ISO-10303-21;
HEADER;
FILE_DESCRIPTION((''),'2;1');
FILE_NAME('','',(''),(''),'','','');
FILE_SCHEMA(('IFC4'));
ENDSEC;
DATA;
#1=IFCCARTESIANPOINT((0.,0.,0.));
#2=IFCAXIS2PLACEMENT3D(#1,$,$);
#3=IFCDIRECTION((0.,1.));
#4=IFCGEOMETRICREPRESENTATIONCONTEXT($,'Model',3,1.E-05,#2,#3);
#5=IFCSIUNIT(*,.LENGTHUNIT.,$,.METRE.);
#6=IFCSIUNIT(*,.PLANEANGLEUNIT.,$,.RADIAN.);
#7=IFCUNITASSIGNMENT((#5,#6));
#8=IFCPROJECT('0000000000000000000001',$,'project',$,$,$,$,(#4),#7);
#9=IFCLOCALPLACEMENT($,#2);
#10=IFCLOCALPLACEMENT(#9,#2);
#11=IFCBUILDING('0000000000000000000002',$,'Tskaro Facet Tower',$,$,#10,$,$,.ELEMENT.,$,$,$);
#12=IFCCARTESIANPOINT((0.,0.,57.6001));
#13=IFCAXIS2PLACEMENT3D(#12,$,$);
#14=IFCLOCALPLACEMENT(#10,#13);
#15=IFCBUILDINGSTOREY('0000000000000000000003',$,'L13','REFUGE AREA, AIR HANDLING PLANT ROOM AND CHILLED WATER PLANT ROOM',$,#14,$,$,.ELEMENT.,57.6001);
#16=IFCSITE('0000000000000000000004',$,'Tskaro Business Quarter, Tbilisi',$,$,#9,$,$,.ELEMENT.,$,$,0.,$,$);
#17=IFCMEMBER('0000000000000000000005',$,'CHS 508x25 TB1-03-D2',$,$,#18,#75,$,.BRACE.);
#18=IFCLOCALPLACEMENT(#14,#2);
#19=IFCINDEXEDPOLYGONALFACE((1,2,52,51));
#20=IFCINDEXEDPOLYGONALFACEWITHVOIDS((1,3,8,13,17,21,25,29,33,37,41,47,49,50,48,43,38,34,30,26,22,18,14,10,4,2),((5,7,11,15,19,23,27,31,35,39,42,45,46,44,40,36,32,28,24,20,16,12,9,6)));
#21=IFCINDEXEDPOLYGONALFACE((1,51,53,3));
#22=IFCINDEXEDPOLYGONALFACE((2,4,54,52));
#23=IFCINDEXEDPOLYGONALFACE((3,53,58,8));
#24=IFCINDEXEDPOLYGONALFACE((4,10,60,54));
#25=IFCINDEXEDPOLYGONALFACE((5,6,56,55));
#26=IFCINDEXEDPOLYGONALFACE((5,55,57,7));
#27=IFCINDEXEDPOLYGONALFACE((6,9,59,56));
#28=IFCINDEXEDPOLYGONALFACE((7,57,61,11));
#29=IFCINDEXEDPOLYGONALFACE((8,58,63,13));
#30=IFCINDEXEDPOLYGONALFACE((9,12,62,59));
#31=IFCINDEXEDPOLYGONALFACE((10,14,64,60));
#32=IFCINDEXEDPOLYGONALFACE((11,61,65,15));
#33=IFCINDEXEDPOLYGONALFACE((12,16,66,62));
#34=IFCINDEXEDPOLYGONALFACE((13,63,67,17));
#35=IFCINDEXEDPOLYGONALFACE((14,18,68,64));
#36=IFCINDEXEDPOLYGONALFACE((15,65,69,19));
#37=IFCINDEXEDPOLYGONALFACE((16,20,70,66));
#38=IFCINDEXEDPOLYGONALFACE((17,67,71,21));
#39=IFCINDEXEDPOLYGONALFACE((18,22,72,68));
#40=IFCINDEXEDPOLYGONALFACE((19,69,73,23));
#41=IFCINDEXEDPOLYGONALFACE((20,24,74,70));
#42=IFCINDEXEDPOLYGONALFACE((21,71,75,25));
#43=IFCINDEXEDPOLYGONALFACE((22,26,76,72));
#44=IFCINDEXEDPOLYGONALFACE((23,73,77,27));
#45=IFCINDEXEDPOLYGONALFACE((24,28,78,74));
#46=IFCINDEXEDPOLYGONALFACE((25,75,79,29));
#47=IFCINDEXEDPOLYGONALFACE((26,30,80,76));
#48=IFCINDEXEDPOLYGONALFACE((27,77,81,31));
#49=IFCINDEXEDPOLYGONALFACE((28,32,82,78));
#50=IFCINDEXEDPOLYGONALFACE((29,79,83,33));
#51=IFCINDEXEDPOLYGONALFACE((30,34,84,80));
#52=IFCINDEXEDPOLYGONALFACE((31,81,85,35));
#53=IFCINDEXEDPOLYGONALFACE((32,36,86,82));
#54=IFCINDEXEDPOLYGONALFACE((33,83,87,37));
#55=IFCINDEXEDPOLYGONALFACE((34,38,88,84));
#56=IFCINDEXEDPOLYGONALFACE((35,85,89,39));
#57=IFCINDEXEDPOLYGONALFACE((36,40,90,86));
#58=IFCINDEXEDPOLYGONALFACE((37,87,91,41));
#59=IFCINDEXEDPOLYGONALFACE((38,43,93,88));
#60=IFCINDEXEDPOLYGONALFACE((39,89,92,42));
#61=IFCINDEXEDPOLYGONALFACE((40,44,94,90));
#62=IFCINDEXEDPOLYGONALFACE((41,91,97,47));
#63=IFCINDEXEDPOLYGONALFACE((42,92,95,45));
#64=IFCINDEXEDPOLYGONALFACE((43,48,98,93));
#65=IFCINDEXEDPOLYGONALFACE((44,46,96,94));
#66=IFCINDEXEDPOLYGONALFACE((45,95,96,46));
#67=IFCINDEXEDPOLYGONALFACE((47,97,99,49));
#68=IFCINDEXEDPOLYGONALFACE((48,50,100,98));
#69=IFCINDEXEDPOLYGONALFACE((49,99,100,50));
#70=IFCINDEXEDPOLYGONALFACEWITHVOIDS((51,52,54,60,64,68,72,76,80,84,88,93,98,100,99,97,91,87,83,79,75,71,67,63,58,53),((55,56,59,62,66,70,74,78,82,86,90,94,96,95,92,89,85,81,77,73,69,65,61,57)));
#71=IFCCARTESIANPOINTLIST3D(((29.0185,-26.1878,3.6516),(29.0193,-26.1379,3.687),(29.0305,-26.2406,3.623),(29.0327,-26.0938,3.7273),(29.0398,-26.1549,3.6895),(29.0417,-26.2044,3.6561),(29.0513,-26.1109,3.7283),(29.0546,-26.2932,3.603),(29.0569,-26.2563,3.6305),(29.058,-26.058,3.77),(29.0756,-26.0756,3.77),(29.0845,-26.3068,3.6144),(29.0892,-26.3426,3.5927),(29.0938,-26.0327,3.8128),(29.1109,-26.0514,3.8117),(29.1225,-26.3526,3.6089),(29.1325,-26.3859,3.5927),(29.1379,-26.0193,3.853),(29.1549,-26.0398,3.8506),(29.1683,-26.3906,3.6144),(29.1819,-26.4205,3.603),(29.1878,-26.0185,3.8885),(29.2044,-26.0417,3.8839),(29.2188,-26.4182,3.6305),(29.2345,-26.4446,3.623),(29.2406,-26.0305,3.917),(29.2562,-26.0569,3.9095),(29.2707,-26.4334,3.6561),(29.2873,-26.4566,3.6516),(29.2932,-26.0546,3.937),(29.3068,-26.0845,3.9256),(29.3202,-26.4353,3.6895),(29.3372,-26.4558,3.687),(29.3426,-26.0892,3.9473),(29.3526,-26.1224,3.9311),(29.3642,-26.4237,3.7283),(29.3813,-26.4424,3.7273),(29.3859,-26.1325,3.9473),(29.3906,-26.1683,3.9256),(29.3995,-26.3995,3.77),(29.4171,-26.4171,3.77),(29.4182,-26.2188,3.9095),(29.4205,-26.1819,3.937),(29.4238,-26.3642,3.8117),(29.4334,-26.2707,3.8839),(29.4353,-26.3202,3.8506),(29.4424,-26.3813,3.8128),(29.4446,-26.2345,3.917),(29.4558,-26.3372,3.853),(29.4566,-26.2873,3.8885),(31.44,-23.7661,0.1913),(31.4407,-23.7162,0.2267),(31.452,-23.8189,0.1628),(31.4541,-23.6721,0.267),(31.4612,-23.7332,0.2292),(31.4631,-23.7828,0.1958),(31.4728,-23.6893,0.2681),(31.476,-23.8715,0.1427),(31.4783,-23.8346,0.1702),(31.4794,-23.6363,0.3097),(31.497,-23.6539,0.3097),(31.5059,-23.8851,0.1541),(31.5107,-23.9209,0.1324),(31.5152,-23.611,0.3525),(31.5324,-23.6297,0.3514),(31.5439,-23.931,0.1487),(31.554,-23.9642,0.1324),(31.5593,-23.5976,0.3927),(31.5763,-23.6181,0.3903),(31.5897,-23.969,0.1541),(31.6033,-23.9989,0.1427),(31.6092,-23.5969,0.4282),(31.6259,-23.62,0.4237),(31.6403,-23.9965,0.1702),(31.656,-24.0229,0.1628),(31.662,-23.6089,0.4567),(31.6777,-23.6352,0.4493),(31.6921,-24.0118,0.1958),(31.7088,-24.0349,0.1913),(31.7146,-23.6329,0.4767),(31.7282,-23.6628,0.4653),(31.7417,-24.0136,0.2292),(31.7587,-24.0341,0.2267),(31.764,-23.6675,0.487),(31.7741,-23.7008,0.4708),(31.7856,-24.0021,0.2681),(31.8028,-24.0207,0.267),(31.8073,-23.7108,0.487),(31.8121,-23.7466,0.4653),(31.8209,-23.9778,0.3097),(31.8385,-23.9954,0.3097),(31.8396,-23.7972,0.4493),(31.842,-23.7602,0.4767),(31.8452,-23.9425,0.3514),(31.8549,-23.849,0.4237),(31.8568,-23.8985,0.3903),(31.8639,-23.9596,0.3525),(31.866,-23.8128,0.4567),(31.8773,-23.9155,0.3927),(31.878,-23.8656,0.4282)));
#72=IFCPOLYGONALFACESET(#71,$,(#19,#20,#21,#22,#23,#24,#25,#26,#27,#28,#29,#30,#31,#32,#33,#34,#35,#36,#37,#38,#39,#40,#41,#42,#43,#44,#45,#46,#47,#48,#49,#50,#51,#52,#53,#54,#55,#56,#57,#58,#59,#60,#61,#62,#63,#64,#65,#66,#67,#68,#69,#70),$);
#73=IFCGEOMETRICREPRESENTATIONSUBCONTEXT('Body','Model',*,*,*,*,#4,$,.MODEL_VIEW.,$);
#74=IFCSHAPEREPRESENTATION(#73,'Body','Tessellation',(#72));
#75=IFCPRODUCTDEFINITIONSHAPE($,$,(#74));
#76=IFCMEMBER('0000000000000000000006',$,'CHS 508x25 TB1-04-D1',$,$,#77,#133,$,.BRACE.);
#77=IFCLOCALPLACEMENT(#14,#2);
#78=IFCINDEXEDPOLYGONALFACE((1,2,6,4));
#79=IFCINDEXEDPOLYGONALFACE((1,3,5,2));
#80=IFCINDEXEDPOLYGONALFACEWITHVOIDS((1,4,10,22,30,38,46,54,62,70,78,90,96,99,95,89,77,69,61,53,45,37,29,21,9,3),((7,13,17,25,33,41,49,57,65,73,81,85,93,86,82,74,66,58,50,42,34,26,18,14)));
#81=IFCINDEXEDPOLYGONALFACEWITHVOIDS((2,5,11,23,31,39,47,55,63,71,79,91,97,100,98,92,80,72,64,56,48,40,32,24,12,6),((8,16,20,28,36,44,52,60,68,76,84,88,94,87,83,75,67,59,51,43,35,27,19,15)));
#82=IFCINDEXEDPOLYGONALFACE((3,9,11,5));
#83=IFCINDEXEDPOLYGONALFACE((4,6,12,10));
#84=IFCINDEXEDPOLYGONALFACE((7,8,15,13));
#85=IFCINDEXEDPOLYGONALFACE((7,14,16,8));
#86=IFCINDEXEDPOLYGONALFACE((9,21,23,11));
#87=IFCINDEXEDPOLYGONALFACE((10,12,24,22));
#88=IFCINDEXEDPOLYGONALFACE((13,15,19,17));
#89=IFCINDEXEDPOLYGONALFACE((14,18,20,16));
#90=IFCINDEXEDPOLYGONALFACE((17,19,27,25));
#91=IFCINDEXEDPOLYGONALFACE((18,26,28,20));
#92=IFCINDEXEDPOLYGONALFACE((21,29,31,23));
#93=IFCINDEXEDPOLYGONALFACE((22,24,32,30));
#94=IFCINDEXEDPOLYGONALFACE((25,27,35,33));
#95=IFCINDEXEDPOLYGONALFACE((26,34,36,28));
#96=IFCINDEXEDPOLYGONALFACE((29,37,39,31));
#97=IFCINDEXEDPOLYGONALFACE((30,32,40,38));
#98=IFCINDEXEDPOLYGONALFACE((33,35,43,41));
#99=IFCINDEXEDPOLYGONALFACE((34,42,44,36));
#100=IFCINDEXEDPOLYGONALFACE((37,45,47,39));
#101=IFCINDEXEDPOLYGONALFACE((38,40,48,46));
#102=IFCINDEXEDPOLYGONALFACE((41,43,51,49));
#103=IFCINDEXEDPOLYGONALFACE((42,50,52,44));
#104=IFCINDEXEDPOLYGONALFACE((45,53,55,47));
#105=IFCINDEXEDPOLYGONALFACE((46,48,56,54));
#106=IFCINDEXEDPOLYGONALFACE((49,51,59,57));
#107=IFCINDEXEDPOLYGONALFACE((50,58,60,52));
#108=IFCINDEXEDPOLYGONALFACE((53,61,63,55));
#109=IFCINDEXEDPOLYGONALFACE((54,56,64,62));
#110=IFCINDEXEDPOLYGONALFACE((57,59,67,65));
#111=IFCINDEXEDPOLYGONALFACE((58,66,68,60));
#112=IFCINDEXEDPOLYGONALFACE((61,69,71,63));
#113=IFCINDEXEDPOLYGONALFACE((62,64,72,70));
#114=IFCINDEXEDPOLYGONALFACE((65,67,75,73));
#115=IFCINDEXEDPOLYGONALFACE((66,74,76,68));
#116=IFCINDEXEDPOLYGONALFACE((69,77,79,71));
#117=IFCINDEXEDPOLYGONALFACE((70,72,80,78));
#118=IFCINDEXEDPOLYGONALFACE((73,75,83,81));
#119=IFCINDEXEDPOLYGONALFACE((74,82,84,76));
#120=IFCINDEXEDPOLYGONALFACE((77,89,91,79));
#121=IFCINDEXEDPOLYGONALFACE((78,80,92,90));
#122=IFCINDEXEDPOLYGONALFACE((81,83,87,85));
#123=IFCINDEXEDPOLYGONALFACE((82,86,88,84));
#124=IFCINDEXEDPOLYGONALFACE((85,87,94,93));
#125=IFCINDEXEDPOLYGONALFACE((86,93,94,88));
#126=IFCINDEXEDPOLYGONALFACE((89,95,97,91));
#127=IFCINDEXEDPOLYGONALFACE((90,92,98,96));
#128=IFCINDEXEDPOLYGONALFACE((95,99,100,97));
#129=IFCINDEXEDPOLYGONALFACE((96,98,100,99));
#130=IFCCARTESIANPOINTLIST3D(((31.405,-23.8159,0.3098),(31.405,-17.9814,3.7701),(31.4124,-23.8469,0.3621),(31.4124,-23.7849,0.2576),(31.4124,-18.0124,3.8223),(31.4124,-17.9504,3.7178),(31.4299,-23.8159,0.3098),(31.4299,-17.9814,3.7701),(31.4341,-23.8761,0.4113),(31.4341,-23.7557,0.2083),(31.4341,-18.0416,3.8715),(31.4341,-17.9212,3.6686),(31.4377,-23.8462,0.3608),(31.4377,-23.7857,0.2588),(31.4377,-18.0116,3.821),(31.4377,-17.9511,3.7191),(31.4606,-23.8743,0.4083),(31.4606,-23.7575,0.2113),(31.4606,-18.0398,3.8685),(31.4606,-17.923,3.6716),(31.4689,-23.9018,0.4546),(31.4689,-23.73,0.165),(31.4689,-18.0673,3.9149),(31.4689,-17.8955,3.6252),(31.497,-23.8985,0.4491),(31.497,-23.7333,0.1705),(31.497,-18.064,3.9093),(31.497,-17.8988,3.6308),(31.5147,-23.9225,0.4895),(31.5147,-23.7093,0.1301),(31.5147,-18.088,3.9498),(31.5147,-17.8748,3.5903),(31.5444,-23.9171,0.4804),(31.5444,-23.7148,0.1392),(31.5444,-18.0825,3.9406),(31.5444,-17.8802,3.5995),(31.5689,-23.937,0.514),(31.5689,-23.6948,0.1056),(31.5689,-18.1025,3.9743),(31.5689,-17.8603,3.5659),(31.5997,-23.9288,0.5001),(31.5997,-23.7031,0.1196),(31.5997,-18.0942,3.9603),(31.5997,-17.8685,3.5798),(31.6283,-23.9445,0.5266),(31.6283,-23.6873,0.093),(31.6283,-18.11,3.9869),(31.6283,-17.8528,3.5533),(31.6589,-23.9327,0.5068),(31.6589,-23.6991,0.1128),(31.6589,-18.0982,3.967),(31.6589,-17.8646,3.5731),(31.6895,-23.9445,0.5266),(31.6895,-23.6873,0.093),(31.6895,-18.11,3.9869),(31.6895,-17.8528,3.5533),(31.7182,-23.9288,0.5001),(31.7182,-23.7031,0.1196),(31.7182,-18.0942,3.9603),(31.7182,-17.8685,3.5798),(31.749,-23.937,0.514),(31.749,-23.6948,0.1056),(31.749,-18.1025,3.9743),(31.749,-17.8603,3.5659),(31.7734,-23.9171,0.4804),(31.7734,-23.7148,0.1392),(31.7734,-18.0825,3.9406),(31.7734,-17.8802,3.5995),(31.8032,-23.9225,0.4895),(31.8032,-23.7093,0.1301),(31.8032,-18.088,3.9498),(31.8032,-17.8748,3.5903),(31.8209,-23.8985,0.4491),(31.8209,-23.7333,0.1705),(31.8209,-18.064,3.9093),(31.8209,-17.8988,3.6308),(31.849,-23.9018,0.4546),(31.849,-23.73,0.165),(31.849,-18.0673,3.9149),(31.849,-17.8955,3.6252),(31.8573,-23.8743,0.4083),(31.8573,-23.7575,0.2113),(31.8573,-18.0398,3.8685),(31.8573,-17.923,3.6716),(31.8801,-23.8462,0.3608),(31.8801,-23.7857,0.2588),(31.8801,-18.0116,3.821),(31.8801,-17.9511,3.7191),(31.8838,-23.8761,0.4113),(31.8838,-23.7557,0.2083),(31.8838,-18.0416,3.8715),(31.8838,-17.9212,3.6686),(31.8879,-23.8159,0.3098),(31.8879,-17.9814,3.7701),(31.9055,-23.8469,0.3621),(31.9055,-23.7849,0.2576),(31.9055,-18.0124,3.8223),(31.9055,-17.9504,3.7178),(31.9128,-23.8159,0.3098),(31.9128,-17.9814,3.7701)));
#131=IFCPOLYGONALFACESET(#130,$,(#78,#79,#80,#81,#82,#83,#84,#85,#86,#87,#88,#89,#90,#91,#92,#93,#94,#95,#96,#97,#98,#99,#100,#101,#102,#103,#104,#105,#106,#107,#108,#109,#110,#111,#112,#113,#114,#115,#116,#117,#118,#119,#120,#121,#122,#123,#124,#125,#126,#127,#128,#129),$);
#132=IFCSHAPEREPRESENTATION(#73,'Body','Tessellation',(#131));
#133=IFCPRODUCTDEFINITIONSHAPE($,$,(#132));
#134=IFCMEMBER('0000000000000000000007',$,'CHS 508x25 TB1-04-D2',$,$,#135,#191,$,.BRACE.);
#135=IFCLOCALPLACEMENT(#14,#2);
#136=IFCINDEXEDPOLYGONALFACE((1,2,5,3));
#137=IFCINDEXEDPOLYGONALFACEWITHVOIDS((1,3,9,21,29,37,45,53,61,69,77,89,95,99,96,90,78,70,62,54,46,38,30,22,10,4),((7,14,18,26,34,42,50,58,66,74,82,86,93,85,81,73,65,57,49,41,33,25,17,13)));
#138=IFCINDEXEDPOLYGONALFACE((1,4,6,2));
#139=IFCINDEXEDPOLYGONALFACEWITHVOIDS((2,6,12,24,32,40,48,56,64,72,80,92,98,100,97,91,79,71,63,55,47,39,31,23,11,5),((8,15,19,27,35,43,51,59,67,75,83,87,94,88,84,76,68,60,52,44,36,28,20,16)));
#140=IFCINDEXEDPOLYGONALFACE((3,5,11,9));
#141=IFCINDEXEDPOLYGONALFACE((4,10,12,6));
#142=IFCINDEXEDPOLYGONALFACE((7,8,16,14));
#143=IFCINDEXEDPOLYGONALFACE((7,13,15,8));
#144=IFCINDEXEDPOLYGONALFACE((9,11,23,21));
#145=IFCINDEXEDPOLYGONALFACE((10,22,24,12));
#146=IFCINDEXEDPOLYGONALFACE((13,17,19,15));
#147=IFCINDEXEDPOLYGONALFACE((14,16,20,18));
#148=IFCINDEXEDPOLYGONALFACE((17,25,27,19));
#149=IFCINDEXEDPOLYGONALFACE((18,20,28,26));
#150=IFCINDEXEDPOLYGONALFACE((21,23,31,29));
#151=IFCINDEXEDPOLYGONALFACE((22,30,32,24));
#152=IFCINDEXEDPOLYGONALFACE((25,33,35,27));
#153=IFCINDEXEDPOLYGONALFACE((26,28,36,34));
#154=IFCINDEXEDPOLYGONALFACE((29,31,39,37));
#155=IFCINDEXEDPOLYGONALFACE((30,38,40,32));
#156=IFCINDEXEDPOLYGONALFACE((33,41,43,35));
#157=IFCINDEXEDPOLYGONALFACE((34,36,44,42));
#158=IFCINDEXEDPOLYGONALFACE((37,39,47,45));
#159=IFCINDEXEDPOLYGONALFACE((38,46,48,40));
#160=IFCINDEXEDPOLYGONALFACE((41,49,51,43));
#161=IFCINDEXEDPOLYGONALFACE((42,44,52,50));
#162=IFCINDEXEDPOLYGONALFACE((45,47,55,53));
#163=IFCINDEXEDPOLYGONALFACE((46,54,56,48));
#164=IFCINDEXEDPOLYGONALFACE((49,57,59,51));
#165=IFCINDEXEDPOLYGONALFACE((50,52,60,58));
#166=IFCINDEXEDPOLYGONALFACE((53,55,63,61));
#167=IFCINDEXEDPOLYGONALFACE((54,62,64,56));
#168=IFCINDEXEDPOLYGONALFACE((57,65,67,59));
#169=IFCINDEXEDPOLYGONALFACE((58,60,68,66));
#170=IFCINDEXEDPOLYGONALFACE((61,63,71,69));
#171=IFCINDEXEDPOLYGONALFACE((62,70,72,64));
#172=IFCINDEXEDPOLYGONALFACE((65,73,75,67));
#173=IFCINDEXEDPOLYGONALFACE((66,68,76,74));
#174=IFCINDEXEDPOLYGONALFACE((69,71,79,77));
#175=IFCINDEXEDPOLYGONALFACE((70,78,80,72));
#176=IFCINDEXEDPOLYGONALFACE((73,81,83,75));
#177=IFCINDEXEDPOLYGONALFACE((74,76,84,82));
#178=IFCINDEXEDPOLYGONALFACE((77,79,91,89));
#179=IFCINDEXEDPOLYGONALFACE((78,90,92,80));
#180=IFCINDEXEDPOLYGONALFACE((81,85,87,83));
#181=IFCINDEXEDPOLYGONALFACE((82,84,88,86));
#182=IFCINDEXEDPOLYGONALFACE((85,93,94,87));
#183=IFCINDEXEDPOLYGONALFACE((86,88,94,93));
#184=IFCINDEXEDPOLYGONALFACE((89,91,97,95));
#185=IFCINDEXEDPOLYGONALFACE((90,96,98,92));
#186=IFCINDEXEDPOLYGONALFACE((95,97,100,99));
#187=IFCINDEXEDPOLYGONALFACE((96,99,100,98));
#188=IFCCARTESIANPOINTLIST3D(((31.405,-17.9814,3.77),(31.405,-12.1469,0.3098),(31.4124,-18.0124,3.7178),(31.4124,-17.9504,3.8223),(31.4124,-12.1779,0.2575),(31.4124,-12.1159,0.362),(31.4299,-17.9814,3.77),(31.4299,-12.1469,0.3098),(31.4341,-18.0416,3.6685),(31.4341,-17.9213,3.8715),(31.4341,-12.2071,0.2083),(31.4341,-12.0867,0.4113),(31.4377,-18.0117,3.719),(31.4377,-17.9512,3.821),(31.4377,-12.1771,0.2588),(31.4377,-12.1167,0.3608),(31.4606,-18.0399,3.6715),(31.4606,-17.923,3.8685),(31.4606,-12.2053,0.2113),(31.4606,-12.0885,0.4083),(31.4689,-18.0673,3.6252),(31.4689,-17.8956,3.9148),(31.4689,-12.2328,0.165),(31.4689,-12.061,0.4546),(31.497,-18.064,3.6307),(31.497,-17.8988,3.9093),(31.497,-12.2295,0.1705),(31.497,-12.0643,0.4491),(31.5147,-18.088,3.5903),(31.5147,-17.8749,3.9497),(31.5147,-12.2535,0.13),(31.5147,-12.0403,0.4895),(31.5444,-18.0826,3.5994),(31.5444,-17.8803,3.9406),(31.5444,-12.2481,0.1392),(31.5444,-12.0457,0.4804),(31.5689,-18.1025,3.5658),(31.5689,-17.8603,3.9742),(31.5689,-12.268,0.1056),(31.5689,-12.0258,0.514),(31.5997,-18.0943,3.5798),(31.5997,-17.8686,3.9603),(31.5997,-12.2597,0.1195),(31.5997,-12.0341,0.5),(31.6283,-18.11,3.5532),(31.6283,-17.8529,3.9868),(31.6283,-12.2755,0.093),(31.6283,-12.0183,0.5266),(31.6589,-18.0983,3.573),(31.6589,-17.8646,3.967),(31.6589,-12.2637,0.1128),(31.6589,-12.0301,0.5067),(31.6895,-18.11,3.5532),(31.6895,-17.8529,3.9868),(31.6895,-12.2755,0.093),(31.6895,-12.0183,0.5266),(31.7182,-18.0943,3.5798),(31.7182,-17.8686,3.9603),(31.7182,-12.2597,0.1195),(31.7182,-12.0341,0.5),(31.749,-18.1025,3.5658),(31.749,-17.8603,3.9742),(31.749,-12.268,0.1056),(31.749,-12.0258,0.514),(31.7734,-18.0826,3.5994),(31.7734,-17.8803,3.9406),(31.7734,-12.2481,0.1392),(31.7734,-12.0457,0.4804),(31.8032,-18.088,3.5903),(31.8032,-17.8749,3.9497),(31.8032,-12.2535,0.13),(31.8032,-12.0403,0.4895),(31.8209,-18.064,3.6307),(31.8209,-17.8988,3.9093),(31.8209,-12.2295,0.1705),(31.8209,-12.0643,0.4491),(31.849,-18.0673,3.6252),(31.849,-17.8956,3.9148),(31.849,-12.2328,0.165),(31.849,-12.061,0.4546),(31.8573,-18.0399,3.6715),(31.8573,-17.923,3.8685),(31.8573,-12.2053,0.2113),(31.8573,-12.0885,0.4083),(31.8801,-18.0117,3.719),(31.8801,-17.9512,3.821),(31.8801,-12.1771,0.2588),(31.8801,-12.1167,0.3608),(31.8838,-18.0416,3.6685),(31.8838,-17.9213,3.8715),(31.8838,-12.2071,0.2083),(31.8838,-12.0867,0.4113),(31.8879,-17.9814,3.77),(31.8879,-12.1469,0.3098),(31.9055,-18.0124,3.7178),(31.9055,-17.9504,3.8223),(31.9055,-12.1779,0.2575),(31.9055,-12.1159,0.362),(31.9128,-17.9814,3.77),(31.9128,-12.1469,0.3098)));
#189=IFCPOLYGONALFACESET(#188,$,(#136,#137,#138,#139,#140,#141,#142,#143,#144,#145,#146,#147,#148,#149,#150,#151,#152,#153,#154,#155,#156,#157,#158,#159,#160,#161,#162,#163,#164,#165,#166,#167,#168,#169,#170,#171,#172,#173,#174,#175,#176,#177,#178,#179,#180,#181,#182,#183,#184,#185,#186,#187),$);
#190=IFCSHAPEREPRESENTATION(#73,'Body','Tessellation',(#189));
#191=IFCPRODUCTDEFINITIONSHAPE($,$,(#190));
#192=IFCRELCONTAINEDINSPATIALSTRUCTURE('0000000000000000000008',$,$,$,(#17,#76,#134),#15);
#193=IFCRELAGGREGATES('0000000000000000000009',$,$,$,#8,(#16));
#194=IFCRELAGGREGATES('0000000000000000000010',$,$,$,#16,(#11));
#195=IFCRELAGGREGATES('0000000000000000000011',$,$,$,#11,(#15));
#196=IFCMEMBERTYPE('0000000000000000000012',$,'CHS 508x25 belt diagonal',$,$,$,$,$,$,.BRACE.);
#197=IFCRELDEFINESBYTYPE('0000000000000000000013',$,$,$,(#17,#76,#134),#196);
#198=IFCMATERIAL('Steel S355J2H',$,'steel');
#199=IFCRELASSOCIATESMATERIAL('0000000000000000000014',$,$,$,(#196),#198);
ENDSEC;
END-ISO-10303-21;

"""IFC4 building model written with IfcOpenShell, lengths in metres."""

from ifc_helpers import new_model, si_unit, direction, frame, origin, origin_2d, place, context, subcontext, project, spatial, hollow_circle, extrude, material, material_profile, profile_set, type_object, element, save


model = new_model("IFC4")

# Units and contexts
model_context = context("Model", 3, precision=1e-05, world=origin(), true_north=direction((0.0, 1.0)))
body_context = subcontext(model_context, "Body", "Model", "MODEL_VIEW")
ifc_project = project(units=[si_unit("LENGTHUNIT", "METRE"), si_unit("PLANEANGLEUNIT", "RADIAN")], contexts=[model_context])

# Site, building, storey
site_placement = place(None, origin())
site = spatial("IfcSite", under=ifc_project, at=site_placement, Name="Tskaro Business Quarter, Tbilisi", CompositionType="ELEMENT", RefElevation=0.0)
building_placement = place(site_placement, origin())
building = spatial("IfcBuilding", under=site, at=building_placement, Name="Tskaro Facet Tower", CompositionType="ELEMENT")
storey_placement = place(building_placement, frame((0.0, 0.0, 57.6001)))
storey = spatial("IfcBuildingStorey", under=building, at=storey_placement, Name="L13", Description="REFUGE AREA, AIR HANDLING PLANT ROOM AND CHILLED WATER PLANT ROOM", CompositionType="ELEMENT", Elevation=57.6001)

# Shared definitions
ifc_material_1 = material(Name="Steel S355J2H", Category="steel")

# Members
ifc_material_profile_1 = material_profile(ifc_material_1, hollow_circle(Radius=0.2539, WallThickness=0.0249, at=origin_2d()), Name="CHS 508x25")
ifc_profile_set_1 = profile_set([ifc_material_profile_1], Name="Steel S355J2H")
member_type_1 = type_object("IfcMemberType", Name="CHS 508x25 belt diagonal", PredefinedType="BRACE", material=ifc_profile_set_1)
for number, where, z_axis, x_axis, name in (
    (1, (29.2375, -26.2375, 3.77), (0.497377, 0.497428, -0.710761), (-0.707142, 0.707071, 0.0), "CHS 508x25 TB1-03-D2"),
):
    element("IfcMember", number, at=place(storey_placement, frame(where, z_axis=z_axis, x_axis=x_axis)), inside=storey, type_object=member_type_1, Name=name, PredefinedType="BRACE", context=body_context, shape_type="SweptSolid", body=[
        extrude(hollow_circle(Radius=0.2539, WallThickness=0.0249, at=origin_2d()), origin(), (0.0, 0.0, 1.0), 4.8684),
    ])
for number, where, z_axis, x_axis, name in (
    (2, (31.6589, -23.8159, 0.3098), (0.0, 0.860114, 0.510101), (-1.0, 0.0, 0.0), "CHS 508x25 TB1-04-D1"),
    (3, (31.6589, -17.9814, 3.77), (0.0, 0.860114, -0.510101), (-1.0, 0.0, 0.0), "CHS 508x25 TB1-04-D2"),
):
    element("IfcMember", number, at=place(storey_placement, frame(where, z_axis=z_axis, x_axis=x_axis)), inside=storey, type_object=member_type_1, Name=name, PredefinedType="BRACE", context=body_context, shape_type="SweptSolid", body=[
        extrude(hollow_circle(Radius=0.2539, WallThickness=0.0249, at=origin_2d()), origin(), (0.0, 0.0, 1.0), 6.7834),
    ])

save(model, "model.ifc")
